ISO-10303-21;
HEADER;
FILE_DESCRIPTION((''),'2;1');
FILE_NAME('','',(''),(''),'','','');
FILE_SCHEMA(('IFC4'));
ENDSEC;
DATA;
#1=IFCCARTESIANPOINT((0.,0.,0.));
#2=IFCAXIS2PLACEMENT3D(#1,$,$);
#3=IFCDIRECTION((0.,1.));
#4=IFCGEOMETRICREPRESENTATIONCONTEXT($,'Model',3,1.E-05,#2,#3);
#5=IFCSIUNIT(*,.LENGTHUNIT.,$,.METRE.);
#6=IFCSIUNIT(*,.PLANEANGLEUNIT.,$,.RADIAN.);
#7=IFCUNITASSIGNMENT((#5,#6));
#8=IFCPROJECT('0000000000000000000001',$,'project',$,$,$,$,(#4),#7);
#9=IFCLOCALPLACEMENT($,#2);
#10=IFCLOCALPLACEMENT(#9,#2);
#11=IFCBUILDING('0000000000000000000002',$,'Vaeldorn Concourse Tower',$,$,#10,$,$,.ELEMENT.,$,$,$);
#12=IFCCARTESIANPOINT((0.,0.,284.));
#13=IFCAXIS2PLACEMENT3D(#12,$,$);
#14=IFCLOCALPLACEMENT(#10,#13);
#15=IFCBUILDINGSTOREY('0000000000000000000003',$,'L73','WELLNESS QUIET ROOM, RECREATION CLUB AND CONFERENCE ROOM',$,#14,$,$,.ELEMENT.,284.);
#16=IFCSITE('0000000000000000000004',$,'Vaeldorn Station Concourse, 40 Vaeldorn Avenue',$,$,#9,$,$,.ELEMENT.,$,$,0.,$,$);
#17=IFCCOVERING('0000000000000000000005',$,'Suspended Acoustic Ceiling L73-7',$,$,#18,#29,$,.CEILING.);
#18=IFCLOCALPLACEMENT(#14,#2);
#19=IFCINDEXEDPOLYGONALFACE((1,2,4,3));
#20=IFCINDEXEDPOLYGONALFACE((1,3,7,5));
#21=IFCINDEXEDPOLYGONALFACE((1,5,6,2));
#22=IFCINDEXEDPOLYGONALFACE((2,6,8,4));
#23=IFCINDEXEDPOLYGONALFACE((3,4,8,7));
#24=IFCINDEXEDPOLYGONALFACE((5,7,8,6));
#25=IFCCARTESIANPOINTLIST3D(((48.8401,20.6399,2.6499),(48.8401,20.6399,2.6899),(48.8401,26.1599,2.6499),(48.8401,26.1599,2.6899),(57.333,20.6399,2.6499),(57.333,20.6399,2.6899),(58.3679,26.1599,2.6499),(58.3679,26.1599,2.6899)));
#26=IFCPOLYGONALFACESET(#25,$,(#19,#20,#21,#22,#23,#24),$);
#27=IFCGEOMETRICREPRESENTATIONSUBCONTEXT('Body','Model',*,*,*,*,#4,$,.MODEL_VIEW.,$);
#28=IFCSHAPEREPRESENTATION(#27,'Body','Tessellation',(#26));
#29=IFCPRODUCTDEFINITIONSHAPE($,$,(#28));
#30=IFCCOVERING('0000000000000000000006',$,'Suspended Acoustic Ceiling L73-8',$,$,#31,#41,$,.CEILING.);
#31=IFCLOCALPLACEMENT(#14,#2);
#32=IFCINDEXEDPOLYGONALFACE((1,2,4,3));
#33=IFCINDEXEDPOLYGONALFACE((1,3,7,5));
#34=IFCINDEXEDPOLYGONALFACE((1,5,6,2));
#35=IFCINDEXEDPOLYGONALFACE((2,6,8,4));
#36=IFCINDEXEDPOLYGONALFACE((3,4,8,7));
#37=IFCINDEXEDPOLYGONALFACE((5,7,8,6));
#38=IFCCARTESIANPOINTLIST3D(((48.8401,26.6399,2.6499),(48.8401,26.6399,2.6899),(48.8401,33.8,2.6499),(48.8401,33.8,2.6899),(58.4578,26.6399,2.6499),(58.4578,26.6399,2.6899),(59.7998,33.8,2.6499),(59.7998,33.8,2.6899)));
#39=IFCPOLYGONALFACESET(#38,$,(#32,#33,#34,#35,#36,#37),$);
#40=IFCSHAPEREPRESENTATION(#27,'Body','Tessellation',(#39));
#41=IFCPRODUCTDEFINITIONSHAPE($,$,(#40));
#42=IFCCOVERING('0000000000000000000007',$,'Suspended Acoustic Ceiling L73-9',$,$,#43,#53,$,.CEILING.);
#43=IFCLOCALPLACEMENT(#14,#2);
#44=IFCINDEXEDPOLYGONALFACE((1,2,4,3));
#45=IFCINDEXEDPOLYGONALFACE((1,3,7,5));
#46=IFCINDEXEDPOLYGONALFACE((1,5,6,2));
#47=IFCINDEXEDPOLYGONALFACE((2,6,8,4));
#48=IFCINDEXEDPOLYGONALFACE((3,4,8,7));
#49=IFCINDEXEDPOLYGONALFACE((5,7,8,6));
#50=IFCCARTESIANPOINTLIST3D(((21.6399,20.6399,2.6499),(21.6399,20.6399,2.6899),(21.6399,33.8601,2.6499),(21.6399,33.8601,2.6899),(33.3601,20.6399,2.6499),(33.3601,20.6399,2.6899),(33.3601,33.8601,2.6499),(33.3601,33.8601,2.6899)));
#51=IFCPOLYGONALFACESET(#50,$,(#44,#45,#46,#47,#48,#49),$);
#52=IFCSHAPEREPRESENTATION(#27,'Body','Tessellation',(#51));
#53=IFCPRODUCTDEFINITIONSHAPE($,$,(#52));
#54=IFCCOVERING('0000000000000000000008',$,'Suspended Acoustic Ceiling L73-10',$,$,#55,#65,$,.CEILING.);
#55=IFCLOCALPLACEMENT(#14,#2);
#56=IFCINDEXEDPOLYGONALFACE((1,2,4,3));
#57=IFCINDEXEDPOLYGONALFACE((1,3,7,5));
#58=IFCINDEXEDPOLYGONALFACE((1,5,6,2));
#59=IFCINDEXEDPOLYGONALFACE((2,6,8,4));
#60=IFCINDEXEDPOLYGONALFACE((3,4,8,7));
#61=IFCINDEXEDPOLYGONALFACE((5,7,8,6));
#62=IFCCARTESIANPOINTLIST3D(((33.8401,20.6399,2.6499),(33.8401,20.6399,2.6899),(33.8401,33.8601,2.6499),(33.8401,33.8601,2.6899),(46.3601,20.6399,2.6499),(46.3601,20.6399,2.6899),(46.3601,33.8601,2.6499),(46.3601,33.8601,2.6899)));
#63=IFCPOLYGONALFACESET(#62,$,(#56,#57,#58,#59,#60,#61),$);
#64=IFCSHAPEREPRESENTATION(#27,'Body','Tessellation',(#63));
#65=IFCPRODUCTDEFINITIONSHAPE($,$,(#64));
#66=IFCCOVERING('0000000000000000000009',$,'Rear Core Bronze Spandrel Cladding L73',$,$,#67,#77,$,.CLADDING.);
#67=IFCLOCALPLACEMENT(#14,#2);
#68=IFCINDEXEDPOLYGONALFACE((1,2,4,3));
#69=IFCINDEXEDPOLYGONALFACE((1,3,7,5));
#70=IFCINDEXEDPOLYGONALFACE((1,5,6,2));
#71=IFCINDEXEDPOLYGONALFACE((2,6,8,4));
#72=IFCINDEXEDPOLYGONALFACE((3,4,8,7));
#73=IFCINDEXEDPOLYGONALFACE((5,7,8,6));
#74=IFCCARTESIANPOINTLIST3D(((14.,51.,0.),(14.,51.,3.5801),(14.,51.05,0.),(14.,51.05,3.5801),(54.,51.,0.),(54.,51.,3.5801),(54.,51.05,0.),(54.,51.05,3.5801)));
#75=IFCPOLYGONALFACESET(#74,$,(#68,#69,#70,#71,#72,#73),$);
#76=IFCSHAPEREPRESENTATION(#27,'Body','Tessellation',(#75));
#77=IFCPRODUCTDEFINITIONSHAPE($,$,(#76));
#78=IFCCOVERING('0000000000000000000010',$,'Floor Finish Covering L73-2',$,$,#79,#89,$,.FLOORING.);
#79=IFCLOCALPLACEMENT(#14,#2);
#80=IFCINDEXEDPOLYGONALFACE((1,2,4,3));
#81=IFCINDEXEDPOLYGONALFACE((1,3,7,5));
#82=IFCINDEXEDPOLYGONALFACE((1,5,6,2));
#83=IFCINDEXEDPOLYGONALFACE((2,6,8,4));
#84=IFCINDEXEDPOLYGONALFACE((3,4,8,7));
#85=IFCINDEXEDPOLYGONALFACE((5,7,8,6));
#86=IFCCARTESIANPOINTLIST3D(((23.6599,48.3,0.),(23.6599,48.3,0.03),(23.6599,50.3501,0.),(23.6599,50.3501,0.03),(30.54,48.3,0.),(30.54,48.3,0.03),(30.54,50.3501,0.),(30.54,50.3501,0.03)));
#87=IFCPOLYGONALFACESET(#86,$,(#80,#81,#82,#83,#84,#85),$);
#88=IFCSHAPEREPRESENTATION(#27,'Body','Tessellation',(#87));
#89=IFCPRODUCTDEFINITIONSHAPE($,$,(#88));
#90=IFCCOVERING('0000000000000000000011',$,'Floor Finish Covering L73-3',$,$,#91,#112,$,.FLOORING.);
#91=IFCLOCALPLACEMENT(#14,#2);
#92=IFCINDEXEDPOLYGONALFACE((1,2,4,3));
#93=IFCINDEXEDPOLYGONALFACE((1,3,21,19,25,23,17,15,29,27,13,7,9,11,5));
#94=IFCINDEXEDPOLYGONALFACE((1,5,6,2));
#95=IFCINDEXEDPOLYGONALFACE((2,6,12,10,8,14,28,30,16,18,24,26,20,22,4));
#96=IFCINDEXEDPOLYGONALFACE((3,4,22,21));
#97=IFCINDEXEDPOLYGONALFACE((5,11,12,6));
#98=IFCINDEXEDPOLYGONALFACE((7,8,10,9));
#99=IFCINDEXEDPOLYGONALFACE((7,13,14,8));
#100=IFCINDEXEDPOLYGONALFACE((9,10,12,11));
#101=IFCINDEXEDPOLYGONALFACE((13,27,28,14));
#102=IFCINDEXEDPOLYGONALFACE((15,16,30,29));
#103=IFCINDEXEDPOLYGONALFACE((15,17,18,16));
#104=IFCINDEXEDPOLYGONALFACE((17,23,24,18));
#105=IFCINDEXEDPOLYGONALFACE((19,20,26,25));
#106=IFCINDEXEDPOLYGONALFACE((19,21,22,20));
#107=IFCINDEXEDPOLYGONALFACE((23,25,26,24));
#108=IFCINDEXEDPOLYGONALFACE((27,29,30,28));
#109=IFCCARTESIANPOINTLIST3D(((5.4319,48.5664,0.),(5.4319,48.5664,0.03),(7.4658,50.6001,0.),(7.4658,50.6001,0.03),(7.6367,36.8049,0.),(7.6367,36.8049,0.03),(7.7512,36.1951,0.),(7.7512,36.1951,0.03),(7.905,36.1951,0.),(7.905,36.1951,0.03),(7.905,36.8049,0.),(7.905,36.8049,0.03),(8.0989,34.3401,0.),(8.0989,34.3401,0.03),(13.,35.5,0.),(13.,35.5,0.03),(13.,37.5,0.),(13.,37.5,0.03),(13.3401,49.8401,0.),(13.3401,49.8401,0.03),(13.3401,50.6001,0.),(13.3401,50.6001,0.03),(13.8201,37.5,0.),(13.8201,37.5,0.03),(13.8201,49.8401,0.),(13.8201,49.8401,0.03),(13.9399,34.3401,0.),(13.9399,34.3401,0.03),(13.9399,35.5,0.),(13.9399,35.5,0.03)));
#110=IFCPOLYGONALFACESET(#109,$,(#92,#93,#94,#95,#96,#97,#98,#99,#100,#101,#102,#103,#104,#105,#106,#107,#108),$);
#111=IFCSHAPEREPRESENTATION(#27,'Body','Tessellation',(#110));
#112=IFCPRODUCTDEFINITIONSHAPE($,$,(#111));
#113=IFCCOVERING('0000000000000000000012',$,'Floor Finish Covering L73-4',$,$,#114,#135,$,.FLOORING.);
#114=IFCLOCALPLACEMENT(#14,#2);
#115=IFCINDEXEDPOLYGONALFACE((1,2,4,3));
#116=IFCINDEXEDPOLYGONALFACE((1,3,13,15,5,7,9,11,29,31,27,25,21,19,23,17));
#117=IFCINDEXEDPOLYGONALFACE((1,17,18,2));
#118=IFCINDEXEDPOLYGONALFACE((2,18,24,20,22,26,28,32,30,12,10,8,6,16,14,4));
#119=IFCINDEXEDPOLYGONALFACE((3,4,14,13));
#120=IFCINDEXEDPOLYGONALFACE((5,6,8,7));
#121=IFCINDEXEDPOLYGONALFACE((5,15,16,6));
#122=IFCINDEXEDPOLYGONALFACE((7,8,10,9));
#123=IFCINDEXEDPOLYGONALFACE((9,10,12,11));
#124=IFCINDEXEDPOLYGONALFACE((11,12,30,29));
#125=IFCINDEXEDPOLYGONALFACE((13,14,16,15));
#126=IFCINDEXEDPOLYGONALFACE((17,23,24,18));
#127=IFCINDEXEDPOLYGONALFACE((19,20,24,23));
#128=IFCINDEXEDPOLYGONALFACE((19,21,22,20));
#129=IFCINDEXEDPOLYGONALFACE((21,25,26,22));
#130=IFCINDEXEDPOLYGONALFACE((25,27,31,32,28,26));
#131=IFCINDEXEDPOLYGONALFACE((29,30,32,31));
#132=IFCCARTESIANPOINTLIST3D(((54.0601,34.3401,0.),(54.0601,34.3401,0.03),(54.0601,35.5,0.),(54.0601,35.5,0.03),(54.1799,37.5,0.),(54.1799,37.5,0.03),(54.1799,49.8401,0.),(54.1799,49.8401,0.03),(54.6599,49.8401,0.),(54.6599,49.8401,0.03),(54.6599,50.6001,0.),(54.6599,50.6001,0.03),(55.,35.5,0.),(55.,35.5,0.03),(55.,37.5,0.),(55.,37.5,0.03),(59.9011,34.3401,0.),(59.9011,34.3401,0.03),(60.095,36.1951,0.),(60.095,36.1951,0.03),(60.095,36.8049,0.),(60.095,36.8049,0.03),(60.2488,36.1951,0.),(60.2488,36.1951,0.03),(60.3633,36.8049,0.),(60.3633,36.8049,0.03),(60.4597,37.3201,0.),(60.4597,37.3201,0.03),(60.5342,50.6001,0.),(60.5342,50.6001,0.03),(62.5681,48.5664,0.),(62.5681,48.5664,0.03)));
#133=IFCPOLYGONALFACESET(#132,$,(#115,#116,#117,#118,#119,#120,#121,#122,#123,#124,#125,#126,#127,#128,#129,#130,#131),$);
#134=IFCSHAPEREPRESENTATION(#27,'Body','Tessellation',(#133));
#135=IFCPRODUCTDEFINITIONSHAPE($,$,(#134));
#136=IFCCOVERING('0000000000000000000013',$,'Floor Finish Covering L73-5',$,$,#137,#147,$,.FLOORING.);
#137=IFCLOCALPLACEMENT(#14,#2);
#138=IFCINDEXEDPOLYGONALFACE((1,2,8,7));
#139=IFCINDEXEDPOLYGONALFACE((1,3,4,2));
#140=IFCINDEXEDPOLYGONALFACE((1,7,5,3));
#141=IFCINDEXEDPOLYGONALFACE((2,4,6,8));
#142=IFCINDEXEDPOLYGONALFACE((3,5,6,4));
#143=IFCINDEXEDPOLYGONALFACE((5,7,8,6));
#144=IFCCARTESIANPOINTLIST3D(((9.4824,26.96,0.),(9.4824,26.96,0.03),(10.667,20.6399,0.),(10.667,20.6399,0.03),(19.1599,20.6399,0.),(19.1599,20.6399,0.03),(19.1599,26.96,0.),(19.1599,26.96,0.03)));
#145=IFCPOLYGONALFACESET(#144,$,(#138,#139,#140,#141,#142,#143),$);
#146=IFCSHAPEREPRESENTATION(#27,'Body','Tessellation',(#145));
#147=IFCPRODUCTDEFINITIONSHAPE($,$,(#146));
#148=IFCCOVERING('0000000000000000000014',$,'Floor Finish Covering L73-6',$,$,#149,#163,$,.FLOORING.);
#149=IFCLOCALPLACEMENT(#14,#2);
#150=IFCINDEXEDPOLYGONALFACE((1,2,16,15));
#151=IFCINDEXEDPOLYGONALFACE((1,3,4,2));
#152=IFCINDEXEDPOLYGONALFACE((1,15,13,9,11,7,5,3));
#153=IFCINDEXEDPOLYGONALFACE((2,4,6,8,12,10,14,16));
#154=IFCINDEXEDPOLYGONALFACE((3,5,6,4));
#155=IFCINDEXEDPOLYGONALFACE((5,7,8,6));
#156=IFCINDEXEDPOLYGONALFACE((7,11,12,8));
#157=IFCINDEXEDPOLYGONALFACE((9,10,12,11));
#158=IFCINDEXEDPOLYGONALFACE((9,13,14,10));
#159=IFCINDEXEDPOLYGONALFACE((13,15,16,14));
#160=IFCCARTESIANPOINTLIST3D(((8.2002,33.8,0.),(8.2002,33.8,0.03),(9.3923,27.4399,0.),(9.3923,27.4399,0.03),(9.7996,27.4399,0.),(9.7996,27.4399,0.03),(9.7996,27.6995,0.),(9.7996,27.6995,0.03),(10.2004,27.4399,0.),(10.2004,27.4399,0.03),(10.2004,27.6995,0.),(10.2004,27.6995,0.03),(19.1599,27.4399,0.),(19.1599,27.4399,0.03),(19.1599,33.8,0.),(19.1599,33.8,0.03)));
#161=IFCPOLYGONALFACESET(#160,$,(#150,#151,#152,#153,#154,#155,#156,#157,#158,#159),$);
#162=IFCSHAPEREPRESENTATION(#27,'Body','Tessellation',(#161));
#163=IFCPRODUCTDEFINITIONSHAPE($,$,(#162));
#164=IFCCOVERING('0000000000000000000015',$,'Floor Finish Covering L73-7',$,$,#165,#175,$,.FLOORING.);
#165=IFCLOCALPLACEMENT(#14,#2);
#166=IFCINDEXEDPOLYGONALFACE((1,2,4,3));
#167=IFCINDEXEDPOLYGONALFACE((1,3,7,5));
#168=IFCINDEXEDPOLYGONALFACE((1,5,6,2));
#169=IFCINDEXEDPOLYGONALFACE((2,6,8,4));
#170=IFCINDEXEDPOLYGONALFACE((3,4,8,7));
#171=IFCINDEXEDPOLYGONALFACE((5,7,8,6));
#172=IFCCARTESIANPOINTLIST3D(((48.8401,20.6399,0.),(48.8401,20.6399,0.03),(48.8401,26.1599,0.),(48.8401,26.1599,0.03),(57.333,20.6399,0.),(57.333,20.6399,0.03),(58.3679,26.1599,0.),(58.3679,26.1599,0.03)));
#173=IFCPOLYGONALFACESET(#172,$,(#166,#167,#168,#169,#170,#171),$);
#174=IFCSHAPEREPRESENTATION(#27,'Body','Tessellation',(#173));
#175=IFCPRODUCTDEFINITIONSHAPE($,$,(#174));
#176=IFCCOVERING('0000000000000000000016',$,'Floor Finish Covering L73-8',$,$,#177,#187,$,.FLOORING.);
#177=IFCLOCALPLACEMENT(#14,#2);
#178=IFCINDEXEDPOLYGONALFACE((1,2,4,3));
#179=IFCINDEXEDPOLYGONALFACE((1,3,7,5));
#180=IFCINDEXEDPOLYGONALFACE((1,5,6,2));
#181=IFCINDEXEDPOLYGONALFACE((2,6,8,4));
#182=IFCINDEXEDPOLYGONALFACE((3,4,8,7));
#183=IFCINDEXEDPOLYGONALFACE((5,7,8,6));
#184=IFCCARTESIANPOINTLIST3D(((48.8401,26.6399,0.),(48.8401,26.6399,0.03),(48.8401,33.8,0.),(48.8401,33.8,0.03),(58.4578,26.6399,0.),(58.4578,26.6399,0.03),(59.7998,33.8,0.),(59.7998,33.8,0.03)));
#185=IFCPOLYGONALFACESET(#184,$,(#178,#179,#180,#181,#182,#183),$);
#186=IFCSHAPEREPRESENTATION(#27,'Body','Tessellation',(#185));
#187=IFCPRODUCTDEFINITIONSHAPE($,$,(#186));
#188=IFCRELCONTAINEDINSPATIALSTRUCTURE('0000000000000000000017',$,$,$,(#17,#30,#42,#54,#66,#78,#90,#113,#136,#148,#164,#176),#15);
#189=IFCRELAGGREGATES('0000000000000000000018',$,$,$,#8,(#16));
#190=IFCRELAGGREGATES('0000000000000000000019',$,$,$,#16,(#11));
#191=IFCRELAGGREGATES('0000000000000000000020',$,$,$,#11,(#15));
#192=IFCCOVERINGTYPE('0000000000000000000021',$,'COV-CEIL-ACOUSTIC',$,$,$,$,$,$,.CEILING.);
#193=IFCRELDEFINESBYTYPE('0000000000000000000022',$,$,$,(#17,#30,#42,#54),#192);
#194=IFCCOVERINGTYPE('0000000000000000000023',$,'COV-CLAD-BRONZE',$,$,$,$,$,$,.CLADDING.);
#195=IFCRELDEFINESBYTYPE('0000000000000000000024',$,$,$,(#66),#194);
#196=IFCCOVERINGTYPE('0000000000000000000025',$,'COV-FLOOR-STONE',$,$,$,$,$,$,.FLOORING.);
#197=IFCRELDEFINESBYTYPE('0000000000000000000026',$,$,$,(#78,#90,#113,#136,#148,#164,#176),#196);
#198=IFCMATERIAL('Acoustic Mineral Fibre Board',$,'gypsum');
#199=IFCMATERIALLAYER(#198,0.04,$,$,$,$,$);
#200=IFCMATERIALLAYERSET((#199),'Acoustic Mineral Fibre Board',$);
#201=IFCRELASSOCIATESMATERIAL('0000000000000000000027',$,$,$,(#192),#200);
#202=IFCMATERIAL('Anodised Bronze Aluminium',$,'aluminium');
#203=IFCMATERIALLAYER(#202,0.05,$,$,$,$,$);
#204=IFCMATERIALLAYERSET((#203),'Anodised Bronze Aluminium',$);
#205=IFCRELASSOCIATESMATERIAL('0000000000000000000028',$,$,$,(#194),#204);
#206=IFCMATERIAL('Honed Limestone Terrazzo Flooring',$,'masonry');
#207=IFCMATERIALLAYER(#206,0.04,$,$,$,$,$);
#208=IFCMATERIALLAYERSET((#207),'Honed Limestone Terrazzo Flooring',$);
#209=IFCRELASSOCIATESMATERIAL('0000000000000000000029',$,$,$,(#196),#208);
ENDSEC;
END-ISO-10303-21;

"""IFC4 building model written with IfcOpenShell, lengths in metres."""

from ifc_helpers import new_model, si_unit, direction, frame, origin, place, context, subcontext, project, spatial, polyline, outline, extrude, material, layer, layer_set, type_object, element, save


model = new_model("IFC4")

# Units and contexts
model_context = context("Model", 3, precision=1e-05, world=origin(), true_north=direction((0.0, 1.0)))
body_context = subcontext(model_context, "Body", "Model", "MODEL_VIEW")
ifc_project = project(units=[si_unit("LENGTHUNIT", "METRE"), si_unit("PLANEANGLEUNIT", "RADIAN")], contexts=[model_context])

# Site, building, storey
site_placement = place(None, origin())
site = spatial("IfcSite", under=ifc_project, at=site_placement, Name="Vaeldorn Station Concourse, 40 Vaeldorn Avenue", CompositionType="ELEMENT", RefElevation=0.0)
building_placement = place(site_placement, origin())
building = spatial("IfcBuilding", under=site, at=building_placement, Name="Vaeldorn Concourse Tower", CompositionType="ELEMENT")
storey_placement = place(building_placement, frame((0.0, 0.0, 284.0)))
storey = spatial("IfcBuildingStorey", under=building, at=storey_placement, Name="L73", Description="WELLNESS QUIET ROOM, RECREATION CLUB AND CONFERENCE ROOM", CompositionType="ELEMENT", Elevation=284.0)

# Coverings
ifc_material_1 = material(Name="Acoustic Mineral Fibre Board", Category="gypsum")
ifc_layer_1 = layer(ifc_material_1, 0.04)
ifc_layer_set_1 = layer_set([ifc_layer_1], Name="Acoustic Mineral Fibre Board")
covering_type_1 = type_object("IfcCoveringType", Name="COV-CEIL-ACOUSTIC", PredefinedType="CEILING", material=ifc_layer_set_1)
covering_1_placement = place(storey_placement, frame((0.0, 0.0, 2.6499)))
element("IfcCovering", 1, at=covering_1_placement, inside=storey, type_object=covering_type_1, Name="Suspended Acoustic Ceiling L73-7", PredefinedType="CEILING", context=body_context, shape_type="SweptSolid", body=[
    extrude(outline(polyline([(48.8401, 20.6399), (48.8401, 26.1599), (58.3679, 26.1599), (57.333, 20.6399), (48.8401, 20.6399)])), origin(), (0.0, 0.0, 1.0), 0.04),
])
covering_2_placement = place(storey_placement, frame((0.0, 0.0, 2.6499)))
element("IfcCovering", 2, at=covering_2_placement, inside=storey, type_object=covering_type_1, Name="Suspended Acoustic Ceiling L73-8", PredefinedType="CEILING", context=body_context, shape_type="SweptSolid", body=[
    extrude(outline(polyline([(48.8401, 26.6399), (48.8401, 33.8), (59.7998, 33.8), (58.4578, 26.6399), (48.8401, 26.6399)])), origin(), (0.0, 0.0, 1.0), 0.04),
])
covering_3_placement = place(storey_placement, frame((0.0, 0.0, 2.6499)))
element("IfcCovering", 3, at=covering_3_placement, inside=storey, type_object=covering_type_1, Name="Suspended Acoustic Ceiling L73-9", PredefinedType="CEILING", context=body_context, shape_type="SweptSolid", body=[
    extrude(outline(polyline([(21.6399, 33.8601), (33.3601, 33.8601), (33.3601, 20.6399), (21.6399, 20.6399), (21.6399, 33.8601)])), origin(), (0.0, 0.0, 1.0), 0.04),
])
covering_4_placement = place(storey_placement, frame((0.0, 0.0, 2.6499)))
element("IfcCovering", 4, at=covering_4_placement, inside=storey, type_object=covering_type_1, Name="Suspended Acoustic Ceiling L73-10", PredefinedType="CEILING", context=body_context, shape_type="SweptSolid", body=[
    extrude(outline(polyline([(33.8401, 33.8601), (46.3601, 33.8601), (46.3601, 20.6399), (33.8401, 20.6399), (33.8401, 33.8601)])), origin(), (0.0, 0.0, 1.0), 0.04),
])
ifc_material_2 = material(Name="Anodised Bronze Aluminium", Category="aluminium")
ifc_layer_2 = layer(ifc_material_2, 0.05)
ifc_layer_set_2 = layer_set([ifc_layer_2], Name="Anodised Bronze Aluminium")
covering_type_2 = type_object("IfcCoveringType", Name="COV-CLAD-BRONZE", PredefinedType="CLADDING", material=ifc_layer_set_2)
covering_5_placement = place(storey_placement, origin())
element("IfcCovering", 5, at=covering_5_placement, inside=storey, type_object=covering_type_2, Name="Rear Core Bronze Spandrel Cladding L73", PredefinedType="CLADDING", context=body_context, shape_type="SweptSolid", body=[
    extrude(outline(polyline([(14.0, 51.0), (54.0, 51.0), (54.0, 51.05), (14.0, 51.05), (14.0, 51.0)])), origin(), (0.0, 0.0, 1.0), 3.5801),
])
ifc_material_3 = material(Name="Honed Limestone Terrazzo Flooring", Category="masonry")
ifc_layer_3 = layer(ifc_material_3, 0.04)
ifc_layer_set_3 = layer_set([ifc_layer_3], Name="Honed Limestone Terrazzo Flooring")
covering_type_3 = type_object("IfcCoveringType", Name="COV-FLOOR-STONE", PredefinedType="FLOORING", material=ifc_layer_set_3)
covering_6_placement = place(storey_placement, origin())
element("IfcCovering", 6, at=covering_6_placement, inside=storey, type_object=covering_type_3, Name="Floor Finish Covering L73-2", PredefinedType="FLOORING", context=body_context, shape_type="SweptSolid", body=[
    extrude(outline(polyline([(30.54, 50.3501), (30.54, 48.3), (23.6599, 48.3), (23.6599, 50.3501), (30.54, 50.3501)])), origin(), (0.0, 0.0, 1.0), 0.03),
])
covering_7_placement = place(storey_placement, origin())
element("IfcCovering", 7, at=covering_7_placement, inside=storey, type_object=covering_type_3, Name="Floor Finish Covering L73-3", PredefinedType="FLOORING", context=body_context, shape_type="SweptSolid", body=[
    extrude(outline(polyline([(7.4658, 50.6001), (13.3401, 50.6001), (13.3401, 49.8401), (13.8201, 49.8401), (13.8201, 37.5), (13.0, 37.5), (13.0, 35.5), (13.9399, 35.5), (13.9399, 34.3401), (8.0989, 34.3401), (7.7512, 36.1951), (7.905, 36.1951), (7.905, 36.8049), (7.6367, 36.8049), (5.4319, 48.5664), (7.4658, 50.6001)])), origin(), (0.0, 0.0, 1.0), 0.03),
])
covering_8_placement = place(storey_placement, origin())
element("IfcCovering", 8, at=covering_8_placement, inside=storey, type_object=covering_type_3, Name="Floor Finish Covering L73-4", PredefinedType="FLOORING", context=body_context, shape_type="SweptSolid", body=[
    extrude(outline(polyline([(54.1799, 49.8401), (54.6599, 49.8401), (54.6599, 50.6001), (60.5342, 50.6001), (62.5681, 48.5664), (60.4597, 37.3201), (60.4597, 37.3201), (60.3633, 36.8049), (60.095, 36.8049), (60.095, 36.1951), (60.2488, 36.1951), (59.9011, 34.3401), (54.0601, 34.3401), (54.0601, 35.5), (55.0, 35.5), (55.0, 37.5), (54.1799, 37.5), (54.1799, 49.8401)])), origin(), (0.0, 0.0, 1.0), 0.03),
])
covering_9_placement = place(storey_placement, origin())
element("IfcCovering", 9, at=covering_9_placement, inside=storey, type_object=covering_type_3, Name="Floor Finish Covering L73-5", PredefinedType="FLOORING", context=body_context, shape_type="SweptSolid", body=[
    extrude(outline(polyline([(19.1599, 26.96), (19.1599, 20.6399), (10.667, 20.6399), (9.4824, 26.96), (19.1599, 26.96)])), origin(), (0.0, 0.0, 1.0), 0.03),
])
covering_10_placement = place(storey_placement, origin())
element("IfcCovering", 10, at=covering_10_placement, inside=storey, type_object=covering_type_3, Name="Floor Finish Covering L73-6", PredefinedType="FLOORING", context=body_context, shape_type="SweptSolid", body=[
    extrude(outline(polyline([(19.1599, 33.8), (19.1599, 27.4399), (10.2004, 27.4399), (10.2004, 27.6995), (9.7996, 27.6995), (9.7996, 27.4399), (9.3923, 27.4399), (8.2002, 33.8), (19.1599, 33.8)])), origin(), (0.0, 0.0, 1.0), 0.03),
])
covering_11_placement = place(storey_placement, origin())
element("IfcCovering", 11, at=covering_11_placement, inside=storey, type_object=covering_type_3, Name="Floor Finish Covering L73-7", PredefinedType="FLOORING", context=body_context, shape_type="SweptSolid", body=[
    extrude(outline(polyline([(48.8401, 20.6399), (48.8401, 26.1599), (58.3679, 26.1599), (57.333, 20.6399), (48.8401, 20.6399)])), origin(), (0.0, 0.0, 1.0), 0.03),
])
covering_12_placement = place(storey_placement, origin())
element("IfcCovering", 12, at=covering_12_placement, inside=storey, type_object=covering_type_3, Name="Floor Finish Covering L73-8", PredefinedType="FLOORING", context=body_context, shape_type="SweptSolid", body=[
    extrude(outline(polyline([(48.8401, 26.6399), (48.8401, 33.8), (59.7998, 33.8), (58.4578, 26.6399), (48.8401, 26.6399)])), origin(), (0.0, 0.0, 1.0), 0.03),
])

save(model, "model.ifc")
